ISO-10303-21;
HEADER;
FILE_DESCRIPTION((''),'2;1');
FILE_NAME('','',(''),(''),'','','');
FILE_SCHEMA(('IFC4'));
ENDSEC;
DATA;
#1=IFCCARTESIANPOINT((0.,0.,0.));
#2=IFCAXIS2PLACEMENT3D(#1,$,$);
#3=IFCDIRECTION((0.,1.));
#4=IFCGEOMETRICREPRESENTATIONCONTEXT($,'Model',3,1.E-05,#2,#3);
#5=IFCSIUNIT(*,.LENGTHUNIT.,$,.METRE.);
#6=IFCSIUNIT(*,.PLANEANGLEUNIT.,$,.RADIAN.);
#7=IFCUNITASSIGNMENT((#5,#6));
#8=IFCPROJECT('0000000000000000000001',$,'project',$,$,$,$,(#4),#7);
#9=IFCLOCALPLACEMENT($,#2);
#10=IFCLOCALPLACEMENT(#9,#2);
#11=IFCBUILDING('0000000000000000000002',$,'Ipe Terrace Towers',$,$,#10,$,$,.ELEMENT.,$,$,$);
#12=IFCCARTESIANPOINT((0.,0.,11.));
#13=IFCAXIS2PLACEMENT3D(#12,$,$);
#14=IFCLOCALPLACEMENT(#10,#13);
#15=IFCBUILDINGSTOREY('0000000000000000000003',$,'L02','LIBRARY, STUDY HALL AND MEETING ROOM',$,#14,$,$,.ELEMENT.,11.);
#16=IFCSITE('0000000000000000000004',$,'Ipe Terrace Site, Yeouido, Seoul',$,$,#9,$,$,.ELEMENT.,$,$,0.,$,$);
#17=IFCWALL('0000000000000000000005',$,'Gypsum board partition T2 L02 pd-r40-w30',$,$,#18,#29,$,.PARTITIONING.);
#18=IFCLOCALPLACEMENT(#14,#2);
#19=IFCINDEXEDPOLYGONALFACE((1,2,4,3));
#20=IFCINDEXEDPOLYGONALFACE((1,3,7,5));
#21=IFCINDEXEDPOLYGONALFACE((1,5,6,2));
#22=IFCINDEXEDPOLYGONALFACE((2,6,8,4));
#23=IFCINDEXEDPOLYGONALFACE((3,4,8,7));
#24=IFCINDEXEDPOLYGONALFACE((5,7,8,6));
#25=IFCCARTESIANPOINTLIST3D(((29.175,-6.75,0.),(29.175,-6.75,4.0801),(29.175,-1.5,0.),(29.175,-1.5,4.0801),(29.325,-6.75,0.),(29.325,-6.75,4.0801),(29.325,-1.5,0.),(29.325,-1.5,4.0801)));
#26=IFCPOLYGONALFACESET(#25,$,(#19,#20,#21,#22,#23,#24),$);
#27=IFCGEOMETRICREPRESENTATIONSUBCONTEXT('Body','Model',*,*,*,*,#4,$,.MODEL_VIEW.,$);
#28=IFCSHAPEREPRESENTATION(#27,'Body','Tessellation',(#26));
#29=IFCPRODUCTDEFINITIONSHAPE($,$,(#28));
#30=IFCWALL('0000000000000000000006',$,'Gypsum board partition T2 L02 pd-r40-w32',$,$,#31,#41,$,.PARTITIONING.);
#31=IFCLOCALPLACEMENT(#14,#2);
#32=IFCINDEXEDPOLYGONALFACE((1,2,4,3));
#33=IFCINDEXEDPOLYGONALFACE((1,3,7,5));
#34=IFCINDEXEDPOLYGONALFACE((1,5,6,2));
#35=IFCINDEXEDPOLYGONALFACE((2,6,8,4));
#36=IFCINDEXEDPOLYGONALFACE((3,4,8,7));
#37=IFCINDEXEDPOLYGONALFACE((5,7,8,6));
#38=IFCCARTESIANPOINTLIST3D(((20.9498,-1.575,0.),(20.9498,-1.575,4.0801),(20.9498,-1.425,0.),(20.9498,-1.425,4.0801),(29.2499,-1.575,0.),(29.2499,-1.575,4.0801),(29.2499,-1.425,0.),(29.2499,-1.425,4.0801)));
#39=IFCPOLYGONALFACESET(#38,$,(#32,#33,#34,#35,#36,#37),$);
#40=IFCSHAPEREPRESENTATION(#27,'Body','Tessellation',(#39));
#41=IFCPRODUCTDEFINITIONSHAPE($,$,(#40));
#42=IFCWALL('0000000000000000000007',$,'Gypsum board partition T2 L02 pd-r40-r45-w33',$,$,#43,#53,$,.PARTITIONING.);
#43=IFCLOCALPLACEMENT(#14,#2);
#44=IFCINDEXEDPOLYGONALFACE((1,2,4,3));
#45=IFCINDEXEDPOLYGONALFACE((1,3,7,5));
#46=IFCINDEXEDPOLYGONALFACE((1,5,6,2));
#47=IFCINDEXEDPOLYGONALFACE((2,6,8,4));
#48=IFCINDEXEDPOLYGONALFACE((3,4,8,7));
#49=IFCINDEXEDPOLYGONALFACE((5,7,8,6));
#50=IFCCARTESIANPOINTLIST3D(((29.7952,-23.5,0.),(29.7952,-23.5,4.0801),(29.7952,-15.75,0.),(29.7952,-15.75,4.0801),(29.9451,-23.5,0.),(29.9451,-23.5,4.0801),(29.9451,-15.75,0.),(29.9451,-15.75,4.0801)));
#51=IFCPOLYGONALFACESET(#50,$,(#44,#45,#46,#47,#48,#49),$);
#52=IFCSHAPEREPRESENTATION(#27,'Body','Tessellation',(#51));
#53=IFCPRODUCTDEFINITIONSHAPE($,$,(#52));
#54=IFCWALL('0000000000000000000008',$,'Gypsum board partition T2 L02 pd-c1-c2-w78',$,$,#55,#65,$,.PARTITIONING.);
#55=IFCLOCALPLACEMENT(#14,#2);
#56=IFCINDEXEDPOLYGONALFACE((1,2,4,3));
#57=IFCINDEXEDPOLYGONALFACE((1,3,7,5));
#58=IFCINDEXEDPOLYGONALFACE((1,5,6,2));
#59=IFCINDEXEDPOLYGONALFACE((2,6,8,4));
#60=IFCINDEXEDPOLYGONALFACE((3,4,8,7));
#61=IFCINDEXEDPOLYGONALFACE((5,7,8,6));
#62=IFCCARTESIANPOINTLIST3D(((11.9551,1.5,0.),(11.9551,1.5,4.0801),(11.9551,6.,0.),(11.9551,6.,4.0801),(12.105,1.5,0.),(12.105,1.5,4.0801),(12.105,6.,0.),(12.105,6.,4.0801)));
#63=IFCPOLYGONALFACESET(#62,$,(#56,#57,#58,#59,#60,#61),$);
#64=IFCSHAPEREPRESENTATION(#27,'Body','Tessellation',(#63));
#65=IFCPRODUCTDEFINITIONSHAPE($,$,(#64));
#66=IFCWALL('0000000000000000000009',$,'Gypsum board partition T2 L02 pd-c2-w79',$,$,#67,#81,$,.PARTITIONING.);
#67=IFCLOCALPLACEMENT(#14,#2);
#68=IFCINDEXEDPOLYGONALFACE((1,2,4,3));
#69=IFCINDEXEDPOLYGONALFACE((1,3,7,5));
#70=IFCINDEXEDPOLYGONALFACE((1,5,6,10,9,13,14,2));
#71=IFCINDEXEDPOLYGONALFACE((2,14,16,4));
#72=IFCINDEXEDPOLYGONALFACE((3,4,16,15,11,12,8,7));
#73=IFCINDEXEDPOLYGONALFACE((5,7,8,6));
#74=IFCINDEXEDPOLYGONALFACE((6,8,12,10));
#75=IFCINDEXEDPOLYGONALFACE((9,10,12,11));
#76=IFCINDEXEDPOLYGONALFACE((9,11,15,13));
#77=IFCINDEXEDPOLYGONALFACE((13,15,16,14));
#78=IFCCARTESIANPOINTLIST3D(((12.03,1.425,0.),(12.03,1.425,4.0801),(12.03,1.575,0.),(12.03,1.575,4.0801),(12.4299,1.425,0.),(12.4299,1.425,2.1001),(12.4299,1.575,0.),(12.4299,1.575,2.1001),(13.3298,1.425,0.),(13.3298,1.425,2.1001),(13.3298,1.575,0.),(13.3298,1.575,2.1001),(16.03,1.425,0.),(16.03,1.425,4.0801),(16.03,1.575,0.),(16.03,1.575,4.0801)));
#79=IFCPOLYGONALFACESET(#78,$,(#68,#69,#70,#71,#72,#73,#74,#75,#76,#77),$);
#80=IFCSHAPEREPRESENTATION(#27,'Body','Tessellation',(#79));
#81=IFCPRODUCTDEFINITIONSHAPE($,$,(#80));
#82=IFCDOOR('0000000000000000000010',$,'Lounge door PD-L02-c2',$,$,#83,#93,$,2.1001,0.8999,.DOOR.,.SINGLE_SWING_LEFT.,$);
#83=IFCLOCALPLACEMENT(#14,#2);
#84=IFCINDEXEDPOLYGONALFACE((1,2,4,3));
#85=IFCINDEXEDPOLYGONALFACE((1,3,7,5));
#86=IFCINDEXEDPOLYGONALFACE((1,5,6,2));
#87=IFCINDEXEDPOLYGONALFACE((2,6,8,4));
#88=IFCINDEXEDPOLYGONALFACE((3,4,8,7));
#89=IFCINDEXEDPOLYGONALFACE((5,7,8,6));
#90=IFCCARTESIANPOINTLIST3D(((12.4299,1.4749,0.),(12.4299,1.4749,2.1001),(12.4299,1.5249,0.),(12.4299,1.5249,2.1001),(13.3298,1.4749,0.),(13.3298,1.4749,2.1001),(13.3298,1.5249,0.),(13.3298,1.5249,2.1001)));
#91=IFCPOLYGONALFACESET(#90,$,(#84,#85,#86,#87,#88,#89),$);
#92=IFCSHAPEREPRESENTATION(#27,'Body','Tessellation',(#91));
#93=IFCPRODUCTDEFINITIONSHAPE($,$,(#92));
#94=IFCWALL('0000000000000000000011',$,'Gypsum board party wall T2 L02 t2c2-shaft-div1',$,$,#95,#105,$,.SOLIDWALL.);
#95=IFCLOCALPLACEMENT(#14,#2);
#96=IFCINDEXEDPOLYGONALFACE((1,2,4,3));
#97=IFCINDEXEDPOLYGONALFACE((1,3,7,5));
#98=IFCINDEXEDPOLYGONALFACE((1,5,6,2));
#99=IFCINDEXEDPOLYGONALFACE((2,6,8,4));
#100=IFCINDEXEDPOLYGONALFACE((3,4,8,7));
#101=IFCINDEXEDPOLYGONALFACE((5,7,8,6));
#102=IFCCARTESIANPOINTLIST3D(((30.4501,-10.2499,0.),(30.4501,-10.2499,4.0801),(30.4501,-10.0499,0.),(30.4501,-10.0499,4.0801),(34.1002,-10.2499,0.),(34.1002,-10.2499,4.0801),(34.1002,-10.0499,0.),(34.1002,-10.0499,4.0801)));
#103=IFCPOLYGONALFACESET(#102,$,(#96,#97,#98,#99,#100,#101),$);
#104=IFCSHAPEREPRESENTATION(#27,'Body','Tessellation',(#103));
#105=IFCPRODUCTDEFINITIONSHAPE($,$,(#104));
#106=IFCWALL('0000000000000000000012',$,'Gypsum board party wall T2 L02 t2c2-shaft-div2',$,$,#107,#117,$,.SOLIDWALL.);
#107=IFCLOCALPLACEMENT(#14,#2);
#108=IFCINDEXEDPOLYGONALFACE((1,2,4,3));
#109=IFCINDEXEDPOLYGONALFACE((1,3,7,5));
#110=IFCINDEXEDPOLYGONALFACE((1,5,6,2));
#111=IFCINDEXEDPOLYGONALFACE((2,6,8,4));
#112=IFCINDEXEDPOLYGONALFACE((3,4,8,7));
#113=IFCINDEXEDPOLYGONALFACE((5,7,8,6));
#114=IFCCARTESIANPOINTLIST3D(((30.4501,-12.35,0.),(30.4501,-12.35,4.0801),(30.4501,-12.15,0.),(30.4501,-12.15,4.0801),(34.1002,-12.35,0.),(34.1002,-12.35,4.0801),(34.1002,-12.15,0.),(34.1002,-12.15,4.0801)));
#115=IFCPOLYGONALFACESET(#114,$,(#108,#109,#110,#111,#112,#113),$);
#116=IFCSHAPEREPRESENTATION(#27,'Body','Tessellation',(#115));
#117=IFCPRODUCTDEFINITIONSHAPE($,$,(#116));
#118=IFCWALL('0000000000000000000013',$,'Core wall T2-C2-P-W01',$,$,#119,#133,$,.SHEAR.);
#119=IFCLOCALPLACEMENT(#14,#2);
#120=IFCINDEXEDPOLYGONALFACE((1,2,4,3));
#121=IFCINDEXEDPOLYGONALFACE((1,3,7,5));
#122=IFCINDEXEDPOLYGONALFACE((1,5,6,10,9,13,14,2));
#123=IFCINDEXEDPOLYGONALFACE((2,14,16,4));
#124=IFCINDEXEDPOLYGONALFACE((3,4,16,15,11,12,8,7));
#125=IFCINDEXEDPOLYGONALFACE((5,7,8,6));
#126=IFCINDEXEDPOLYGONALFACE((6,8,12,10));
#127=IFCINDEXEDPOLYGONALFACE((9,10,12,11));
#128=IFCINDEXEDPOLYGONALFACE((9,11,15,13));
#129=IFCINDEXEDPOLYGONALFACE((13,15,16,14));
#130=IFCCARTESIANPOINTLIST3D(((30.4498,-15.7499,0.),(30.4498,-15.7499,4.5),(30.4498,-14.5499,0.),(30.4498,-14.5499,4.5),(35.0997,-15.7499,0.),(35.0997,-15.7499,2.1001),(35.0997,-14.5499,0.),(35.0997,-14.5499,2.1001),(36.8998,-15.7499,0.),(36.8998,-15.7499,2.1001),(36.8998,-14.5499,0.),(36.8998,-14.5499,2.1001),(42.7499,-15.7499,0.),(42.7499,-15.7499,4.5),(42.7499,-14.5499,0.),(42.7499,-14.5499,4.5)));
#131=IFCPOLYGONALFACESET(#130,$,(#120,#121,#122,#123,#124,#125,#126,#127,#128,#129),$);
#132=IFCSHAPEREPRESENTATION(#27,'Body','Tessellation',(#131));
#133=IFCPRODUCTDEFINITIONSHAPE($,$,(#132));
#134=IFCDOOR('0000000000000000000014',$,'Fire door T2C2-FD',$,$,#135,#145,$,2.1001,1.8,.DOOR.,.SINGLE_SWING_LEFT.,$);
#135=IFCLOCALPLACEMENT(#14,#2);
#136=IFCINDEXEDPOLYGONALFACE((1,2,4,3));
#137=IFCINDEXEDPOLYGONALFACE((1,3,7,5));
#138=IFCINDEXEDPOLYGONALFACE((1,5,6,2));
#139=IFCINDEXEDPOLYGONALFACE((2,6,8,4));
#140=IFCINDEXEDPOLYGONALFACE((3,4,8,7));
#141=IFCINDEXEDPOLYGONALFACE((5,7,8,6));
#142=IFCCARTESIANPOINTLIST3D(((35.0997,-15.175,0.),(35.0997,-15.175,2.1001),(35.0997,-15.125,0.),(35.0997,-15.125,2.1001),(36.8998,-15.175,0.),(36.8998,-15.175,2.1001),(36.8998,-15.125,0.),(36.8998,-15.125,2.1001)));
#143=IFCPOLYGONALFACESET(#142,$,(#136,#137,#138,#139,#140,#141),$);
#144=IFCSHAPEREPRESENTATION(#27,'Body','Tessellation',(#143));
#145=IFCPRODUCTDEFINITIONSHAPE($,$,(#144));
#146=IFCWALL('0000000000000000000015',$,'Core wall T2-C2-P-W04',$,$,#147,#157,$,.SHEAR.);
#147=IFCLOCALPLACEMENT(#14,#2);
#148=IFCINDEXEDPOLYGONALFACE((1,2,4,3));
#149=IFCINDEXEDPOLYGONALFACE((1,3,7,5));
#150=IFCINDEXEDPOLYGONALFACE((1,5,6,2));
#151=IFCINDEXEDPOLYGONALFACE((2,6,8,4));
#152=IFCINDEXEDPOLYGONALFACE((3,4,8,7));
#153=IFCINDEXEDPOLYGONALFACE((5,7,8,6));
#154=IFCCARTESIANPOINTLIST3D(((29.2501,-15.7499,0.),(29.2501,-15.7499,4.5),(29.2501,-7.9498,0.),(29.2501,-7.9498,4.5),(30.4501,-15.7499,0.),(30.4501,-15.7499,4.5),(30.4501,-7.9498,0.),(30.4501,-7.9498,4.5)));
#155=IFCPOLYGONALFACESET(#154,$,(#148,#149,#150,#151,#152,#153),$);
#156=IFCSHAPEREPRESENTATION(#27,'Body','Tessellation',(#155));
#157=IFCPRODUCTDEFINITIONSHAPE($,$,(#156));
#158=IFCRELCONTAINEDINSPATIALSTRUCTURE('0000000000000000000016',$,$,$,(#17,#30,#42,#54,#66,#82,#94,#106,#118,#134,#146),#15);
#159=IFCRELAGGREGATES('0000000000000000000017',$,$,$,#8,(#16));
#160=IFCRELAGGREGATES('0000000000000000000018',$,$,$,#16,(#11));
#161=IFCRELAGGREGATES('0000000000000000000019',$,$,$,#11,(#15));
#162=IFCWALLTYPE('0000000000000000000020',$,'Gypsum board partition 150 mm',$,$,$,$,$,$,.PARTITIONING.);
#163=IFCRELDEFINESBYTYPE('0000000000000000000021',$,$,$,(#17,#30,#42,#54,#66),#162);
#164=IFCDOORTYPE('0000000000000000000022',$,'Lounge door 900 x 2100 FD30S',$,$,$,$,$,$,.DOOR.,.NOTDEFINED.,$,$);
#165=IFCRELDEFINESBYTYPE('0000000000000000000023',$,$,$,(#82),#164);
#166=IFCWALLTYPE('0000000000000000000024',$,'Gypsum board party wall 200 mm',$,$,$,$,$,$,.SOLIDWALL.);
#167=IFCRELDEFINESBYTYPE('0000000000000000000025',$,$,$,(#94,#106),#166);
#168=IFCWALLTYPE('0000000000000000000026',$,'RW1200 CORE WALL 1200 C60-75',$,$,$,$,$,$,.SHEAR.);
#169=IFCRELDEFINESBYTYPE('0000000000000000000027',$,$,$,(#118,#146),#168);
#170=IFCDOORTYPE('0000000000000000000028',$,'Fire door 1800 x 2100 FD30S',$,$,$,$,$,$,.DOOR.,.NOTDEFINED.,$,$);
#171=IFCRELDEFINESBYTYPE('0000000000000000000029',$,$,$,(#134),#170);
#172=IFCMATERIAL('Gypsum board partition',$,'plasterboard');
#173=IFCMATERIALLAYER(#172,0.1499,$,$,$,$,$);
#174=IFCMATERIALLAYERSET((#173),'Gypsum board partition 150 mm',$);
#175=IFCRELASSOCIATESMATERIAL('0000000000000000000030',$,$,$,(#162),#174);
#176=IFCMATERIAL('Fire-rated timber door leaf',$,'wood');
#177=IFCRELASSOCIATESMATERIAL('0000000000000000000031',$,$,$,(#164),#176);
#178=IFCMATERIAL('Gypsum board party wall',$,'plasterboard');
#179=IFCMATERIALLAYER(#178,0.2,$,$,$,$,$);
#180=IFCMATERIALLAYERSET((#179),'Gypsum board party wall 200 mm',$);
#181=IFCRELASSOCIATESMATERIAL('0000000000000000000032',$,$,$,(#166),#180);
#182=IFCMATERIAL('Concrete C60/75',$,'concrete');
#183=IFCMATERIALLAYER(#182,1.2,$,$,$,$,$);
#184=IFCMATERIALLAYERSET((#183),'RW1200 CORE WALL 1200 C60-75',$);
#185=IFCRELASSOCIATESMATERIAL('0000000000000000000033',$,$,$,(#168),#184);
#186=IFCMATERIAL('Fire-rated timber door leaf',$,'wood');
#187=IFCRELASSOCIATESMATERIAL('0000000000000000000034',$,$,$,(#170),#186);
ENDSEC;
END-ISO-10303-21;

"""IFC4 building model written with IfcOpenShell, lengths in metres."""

from ifc_helpers import new_model, si_unit, direction, frame, frame_2d, origin, place, context, subcontext, project, spatial, rectangle, extrude, material, layer, layer_set, type_object, element, fill, save


model = new_model("IFC4")

# Units and contexts
model_context = context("Model", 3, precision=1e-05, world=origin(), true_north=direction((0.0, 1.0)))
body_context = subcontext(model_context, "Body", "Model", "MODEL_VIEW")
ifc_project = project(units=[si_unit("LENGTHUNIT", "METRE"), si_unit("PLANEANGLEUNIT", "RADIAN")], contexts=[model_context])

# Site, building, storey
site_placement = place(None, origin())
site = spatial("IfcSite", under=ifc_project, at=site_placement, Name="Ipe Terrace Site, Yeouido, Seoul", CompositionType="ELEMENT", RefElevation=0.0)
building_placement = place(site_placement, origin())
building = spatial("IfcBuilding", under=site, at=building_placement, Name="Ipe Terrace Towers", CompositionType="ELEMENT")
storey_placement = place(building_placement, frame((0.0, 0.0, 11.0)))
storey = spatial("IfcBuildingStorey", under=building, at=storey_placement, Name="L02", Description="LIBRARY, STUDY HALL AND MEETING ROOM", CompositionType="ELEMENT", Elevation=11.0)

# Walls
ifc_material_1 = material(Name="Gypsum board partition", Category="plasterboard")
ifc_layer_1 = layer(ifc_material_1, 0.1499)
ifc_layer_set_1 = layer_set([ifc_layer_1], Name="Gypsum board partition 150 mm")
wall_type_1 = type_object("IfcWallType", Name="Gypsum board partition 150 mm", PredefinedType="PARTITIONING", material=ifc_layer_set_1)
wall_1_placement = place(storey_placement, frame((29.25, -1.5, 0.0), z_axis=(0.0, 0.0, 1.0), x_axis=(0.0, -1.0, 0.0)))
element("IfcWall", 1, at=wall_1_placement, inside=storey, type_object=wall_type_1, Name="Gypsum board partition T2 L02 pd-r40-w30", PredefinedType="PARTITIONING", context=body_context, shape_type="SweptSolid", body=[
    extrude(rectangle(XDim=5.25, YDim=0.1499, at=frame_2d((2.625, 0.0))), origin(), (0.0, 0.0, 1.0), 4.0801),
])
wall_2_placement = place(storey_placement, frame((20.95, -1.5, 0.0), z_axis=(0.0, 0.0, 1.0), x_axis=(1.0, 0.0, 0.0)))
element("IfcWall", 2, at=wall_2_placement, inside=storey, type_object=wall_type_1, Name="Gypsum board partition T2 L02 pd-r40-w32", PredefinedType="PARTITIONING", context=body_context, shape_type="SweptSolid", body=[
    extrude(rectangle(XDim=8.3, YDim=0.1499, at=frame_2d((4.1499, 0.0))), origin(), (0.0, 0.0, 1.0), 4.0801),
])
wall_3_placement = place(storey_placement, frame((29.8701, -15.75, 0.0), z_axis=(0.0, 0.0, 1.0), x_axis=(0.0, -1.0, 0.0)))
element("IfcWall", 3, at=wall_3_placement, inside=storey, type_object=wall_type_1, Name="Gypsum board partition T2 L02 pd-r40-r45-w33", PredefinedType="PARTITIONING", context=body_context, shape_type="SweptSolid", body=[
    extrude(rectangle(XDim=7.75, YDim=0.1499, at=frame_2d((3.875, 0.0))), origin(), (0.0, 0.0, 1.0), 4.0801),
])
wall_4_placement = place(storey_placement, frame((12.03, 1.5, 0.0), z_axis=(0.0, 0.0, 1.0), x_axis=(0.0, 1.0, 0.0)))
element("IfcWall", 4, at=wall_4_placement, inside=storey, type_object=wall_type_1, Name="Gypsum board partition T2 L02 pd-c1-c2-w78", PredefinedType="PARTITIONING", context=body_context, shape_type="SweptSolid", body=[
    extrude(rectangle(XDim=4.5, YDim=0.1499, at=frame_2d((2.25, 0.0))), origin(), (0.0, 0.0, 1.0), 4.0801),
])

# Wall, opening, door
wall_5_placement = place(storey_placement, frame((12.03, 1.5, 0.0), z_axis=(0.0, 0.0, 1.0), x_axis=(1.0, 0.0, 0.0)))
wall_5 = element("IfcWall", 5, at=wall_5_placement, inside=storey, type_object=wall_type_1, Name="Gypsum board partition T2 L02 pd-c2-w79", PredefinedType="PARTITIONING", context=body_context, shape_type="SweptSolid", body=[
    extrude(rectangle(XDim=4.0, YDim=0.1499, at=frame_2d((2.0, 0.0))), origin(), (0.0, 0.0, 1.0), 4.0801),
])
opening_1_placement = place(wall_5_placement, frame((0.3999, 0.0, 0.0)))
opening_1 = element("IfcOpeningElement", 6, at=opening_1_placement, cuts=wall_5, PredefinedType="OPENING", context=body_context, shape_type="SweptSolid", body=[
    extrude(rectangle(XDim=0.8999, YDim=2.1001, at=frame_2d((0.45, 1.05))), frame((0.0, 0.085, 0.0), z_axis=(0.0, -1.0, 0.0), x_axis=(1.0, 0.0, 0.0)), (0.0, 0.0, 1.0), 0.1699),
])
ifc_material_2 = material(Name="Fire-rated timber door leaf", Category="wood")
door_type_1 = type_object("IfcDoorType", Name="Lounge door 900 x 2100 FD30S", OperationType="NOTDEFINED", PredefinedType="DOOR", material=ifc_material_2)
door_1_placement = place(opening_1_placement, origin())
door_1 = element("IfcDoor", 7, at=door_1_placement, inside=storey, type_object=door_type_1, Name="Lounge door PD-L02-c2", OperationType="SINGLE_SWING_LEFT", OverallHeight=2.1001, OverallWidth=0.8999, PredefinedType="DOOR", context=body_context, shape_type="SweptSolid", body=[
    extrude(rectangle(XDim=0.8999, YDim=2.1001, at=frame_2d((0.45, 1.05))), frame((0.0, 0.0249, 0.0), z_axis=(0.0, -1.0, 0.0), x_axis=(1.0, 0.0, 0.0)), (0.0, 0.0, 1.0), 0.05),
])
fill(opening_1, door_1)

# Walls
ifc_material_3 = material(Name="Gypsum board party wall", Category="plasterboard")
ifc_layer_2 = layer(ifc_material_3, 0.2)
ifc_layer_set_2 = layer_set([ifc_layer_2], Name="Gypsum board party wall 200 mm")
wall_type_2 = type_object("IfcWallType", Name="Gypsum board party wall 200 mm", PredefinedType="SOLIDWALL", material=ifc_layer_set_2)
for number, where, z_axis, x_axis, name in (
    (8, (30.45, -10.1499, 0.0), (0.0, 0.0, 1.0), (1.0, 0.0, 0.0), "Gypsum board party wall T2 L02 t2c2-shaft-div1"),
    (9, (30.45, -12.25, 0.0), (0.0, 0.0, 1.0), (1.0, 0.0, 0.0), "Gypsum board party wall T2 L02 t2c2-shaft-div2"),
):
    element("IfcWall", number, at=place(storey_placement, frame(where, z_axis=z_axis, x_axis=x_axis)), inside=storey, type_object=wall_type_2, Name=name, PredefinedType="SOLIDWALL", context=body_context, shape_type="SweptSolid", body=[
        extrude(rectangle(XDim=3.6501, YDim=0.2, at=frame_2d((1.8252, 0.0))), origin(), (0.0, 0.0, 1.0), 4.0801),
    ])

# Wall, opening, door
ifc_material_4 = material(Name="Concrete C60/75", Category="concrete")
ifc_layer_3 = layer(ifc_material_4, 1.2)
ifc_layer_set_3 = layer_set([ifc_layer_3], Name="RW1200 CORE WALL 1200 C60-75")
wall_type_3 = type_object("IfcWallType", Name="RW1200 CORE WALL 1200 C60-75", PredefinedType="SHEAR", material=ifc_layer_set_3)
wall_6_placement = place(storey_placement, frame((30.45, -15.1499, 0.0), z_axis=(0.0, 0.0, 1.0), x_axis=(1.0, 0.0, 0.0)))
wall_6 = element("IfcWall", 10, at=wall_6_placement, inside=storey, type_object=wall_type_3, Name="Core wall T2-C2-P-W01", PredefinedType="SHEAR", context=body_context, shape_type="SweptSolid", body=[
    extrude(rectangle(XDim=12.3, YDim=1.2, at=frame_2d((6.1499, 0.0))), origin(), (0.0, 0.0, 1.0), 4.5),
])
opening_2_placement = place(wall_6_placement, frame((4.6499, 0.0, 0.0)))
opening_2 = element("IfcOpeningElement", 11, at=opening_2_placement, cuts=wall_6, PredefinedType="OPENING", context=body_context, shape_type="SweptSolid", body=[
    extrude(rectangle(XDim=1.8, YDim=2.1001, at=frame_2d((0.8999, 1.05))), frame((0.0, 0.6099, 0.0), z_axis=(0.0, -1.0, 0.0), x_axis=(1.0, 0.0, 0.0)), (0.0, 0.0, 1.0), 1.22),
])
ifc_material_5 = material(Name="Fire-rated timber door leaf", Category="wood")
door_type_2 = type_object("IfcDoorType", Name="Fire door 1800 x 2100 FD30S", OperationType="NOTDEFINED", PredefinedType="DOOR", material=ifc_material_5)
door_2_placement = place(opening_2_placement, origin())
door_2 = element("IfcDoor", 12, at=door_2_placement, inside=storey, type_object=door_type_2, Name="Fire door T2C2-FD", OperationType="SINGLE_SWING_LEFT", OverallHeight=2.1001, OverallWidth=1.8, PredefinedType="DOOR", context=body_context, shape_type="SweptSolid", body=[
    extrude(rectangle(XDim=1.8, YDim=2.1001, at=frame_2d((0.8999, 1.05))), frame((0.0, 0.0249, 0.0), z_axis=(0.0, -1.0, 0.0), x_axis=(1.0, 0.0, 0.0)), (0.0, 0.0, 1.0), 0.05),
])
fill(opening_2, door_2)

# Wall
wall_7_placement = place(storey_placement, frame((29.8501, -7.95, 0.0), z_axis=(0.0, 0.0, 1.0), x_axis=(0.0, -1.0, 0.0)))
element("IfcWall", 13, at=wall_7_placement, inside=storey, type_object=wall_type_3, Name="Core wall T2-C2-P-W04", PredefinedType="SHEAR", context=body_context, shape_type="SweptSolid", body=[
    extrude(rectangle(XDim=7.8, YDim=1.2, at=frame_2d((3.8999, 0.0))), origin(), (0.0, 0.0, 1.0), 4.5),
])

save(model, "model.ifc")
